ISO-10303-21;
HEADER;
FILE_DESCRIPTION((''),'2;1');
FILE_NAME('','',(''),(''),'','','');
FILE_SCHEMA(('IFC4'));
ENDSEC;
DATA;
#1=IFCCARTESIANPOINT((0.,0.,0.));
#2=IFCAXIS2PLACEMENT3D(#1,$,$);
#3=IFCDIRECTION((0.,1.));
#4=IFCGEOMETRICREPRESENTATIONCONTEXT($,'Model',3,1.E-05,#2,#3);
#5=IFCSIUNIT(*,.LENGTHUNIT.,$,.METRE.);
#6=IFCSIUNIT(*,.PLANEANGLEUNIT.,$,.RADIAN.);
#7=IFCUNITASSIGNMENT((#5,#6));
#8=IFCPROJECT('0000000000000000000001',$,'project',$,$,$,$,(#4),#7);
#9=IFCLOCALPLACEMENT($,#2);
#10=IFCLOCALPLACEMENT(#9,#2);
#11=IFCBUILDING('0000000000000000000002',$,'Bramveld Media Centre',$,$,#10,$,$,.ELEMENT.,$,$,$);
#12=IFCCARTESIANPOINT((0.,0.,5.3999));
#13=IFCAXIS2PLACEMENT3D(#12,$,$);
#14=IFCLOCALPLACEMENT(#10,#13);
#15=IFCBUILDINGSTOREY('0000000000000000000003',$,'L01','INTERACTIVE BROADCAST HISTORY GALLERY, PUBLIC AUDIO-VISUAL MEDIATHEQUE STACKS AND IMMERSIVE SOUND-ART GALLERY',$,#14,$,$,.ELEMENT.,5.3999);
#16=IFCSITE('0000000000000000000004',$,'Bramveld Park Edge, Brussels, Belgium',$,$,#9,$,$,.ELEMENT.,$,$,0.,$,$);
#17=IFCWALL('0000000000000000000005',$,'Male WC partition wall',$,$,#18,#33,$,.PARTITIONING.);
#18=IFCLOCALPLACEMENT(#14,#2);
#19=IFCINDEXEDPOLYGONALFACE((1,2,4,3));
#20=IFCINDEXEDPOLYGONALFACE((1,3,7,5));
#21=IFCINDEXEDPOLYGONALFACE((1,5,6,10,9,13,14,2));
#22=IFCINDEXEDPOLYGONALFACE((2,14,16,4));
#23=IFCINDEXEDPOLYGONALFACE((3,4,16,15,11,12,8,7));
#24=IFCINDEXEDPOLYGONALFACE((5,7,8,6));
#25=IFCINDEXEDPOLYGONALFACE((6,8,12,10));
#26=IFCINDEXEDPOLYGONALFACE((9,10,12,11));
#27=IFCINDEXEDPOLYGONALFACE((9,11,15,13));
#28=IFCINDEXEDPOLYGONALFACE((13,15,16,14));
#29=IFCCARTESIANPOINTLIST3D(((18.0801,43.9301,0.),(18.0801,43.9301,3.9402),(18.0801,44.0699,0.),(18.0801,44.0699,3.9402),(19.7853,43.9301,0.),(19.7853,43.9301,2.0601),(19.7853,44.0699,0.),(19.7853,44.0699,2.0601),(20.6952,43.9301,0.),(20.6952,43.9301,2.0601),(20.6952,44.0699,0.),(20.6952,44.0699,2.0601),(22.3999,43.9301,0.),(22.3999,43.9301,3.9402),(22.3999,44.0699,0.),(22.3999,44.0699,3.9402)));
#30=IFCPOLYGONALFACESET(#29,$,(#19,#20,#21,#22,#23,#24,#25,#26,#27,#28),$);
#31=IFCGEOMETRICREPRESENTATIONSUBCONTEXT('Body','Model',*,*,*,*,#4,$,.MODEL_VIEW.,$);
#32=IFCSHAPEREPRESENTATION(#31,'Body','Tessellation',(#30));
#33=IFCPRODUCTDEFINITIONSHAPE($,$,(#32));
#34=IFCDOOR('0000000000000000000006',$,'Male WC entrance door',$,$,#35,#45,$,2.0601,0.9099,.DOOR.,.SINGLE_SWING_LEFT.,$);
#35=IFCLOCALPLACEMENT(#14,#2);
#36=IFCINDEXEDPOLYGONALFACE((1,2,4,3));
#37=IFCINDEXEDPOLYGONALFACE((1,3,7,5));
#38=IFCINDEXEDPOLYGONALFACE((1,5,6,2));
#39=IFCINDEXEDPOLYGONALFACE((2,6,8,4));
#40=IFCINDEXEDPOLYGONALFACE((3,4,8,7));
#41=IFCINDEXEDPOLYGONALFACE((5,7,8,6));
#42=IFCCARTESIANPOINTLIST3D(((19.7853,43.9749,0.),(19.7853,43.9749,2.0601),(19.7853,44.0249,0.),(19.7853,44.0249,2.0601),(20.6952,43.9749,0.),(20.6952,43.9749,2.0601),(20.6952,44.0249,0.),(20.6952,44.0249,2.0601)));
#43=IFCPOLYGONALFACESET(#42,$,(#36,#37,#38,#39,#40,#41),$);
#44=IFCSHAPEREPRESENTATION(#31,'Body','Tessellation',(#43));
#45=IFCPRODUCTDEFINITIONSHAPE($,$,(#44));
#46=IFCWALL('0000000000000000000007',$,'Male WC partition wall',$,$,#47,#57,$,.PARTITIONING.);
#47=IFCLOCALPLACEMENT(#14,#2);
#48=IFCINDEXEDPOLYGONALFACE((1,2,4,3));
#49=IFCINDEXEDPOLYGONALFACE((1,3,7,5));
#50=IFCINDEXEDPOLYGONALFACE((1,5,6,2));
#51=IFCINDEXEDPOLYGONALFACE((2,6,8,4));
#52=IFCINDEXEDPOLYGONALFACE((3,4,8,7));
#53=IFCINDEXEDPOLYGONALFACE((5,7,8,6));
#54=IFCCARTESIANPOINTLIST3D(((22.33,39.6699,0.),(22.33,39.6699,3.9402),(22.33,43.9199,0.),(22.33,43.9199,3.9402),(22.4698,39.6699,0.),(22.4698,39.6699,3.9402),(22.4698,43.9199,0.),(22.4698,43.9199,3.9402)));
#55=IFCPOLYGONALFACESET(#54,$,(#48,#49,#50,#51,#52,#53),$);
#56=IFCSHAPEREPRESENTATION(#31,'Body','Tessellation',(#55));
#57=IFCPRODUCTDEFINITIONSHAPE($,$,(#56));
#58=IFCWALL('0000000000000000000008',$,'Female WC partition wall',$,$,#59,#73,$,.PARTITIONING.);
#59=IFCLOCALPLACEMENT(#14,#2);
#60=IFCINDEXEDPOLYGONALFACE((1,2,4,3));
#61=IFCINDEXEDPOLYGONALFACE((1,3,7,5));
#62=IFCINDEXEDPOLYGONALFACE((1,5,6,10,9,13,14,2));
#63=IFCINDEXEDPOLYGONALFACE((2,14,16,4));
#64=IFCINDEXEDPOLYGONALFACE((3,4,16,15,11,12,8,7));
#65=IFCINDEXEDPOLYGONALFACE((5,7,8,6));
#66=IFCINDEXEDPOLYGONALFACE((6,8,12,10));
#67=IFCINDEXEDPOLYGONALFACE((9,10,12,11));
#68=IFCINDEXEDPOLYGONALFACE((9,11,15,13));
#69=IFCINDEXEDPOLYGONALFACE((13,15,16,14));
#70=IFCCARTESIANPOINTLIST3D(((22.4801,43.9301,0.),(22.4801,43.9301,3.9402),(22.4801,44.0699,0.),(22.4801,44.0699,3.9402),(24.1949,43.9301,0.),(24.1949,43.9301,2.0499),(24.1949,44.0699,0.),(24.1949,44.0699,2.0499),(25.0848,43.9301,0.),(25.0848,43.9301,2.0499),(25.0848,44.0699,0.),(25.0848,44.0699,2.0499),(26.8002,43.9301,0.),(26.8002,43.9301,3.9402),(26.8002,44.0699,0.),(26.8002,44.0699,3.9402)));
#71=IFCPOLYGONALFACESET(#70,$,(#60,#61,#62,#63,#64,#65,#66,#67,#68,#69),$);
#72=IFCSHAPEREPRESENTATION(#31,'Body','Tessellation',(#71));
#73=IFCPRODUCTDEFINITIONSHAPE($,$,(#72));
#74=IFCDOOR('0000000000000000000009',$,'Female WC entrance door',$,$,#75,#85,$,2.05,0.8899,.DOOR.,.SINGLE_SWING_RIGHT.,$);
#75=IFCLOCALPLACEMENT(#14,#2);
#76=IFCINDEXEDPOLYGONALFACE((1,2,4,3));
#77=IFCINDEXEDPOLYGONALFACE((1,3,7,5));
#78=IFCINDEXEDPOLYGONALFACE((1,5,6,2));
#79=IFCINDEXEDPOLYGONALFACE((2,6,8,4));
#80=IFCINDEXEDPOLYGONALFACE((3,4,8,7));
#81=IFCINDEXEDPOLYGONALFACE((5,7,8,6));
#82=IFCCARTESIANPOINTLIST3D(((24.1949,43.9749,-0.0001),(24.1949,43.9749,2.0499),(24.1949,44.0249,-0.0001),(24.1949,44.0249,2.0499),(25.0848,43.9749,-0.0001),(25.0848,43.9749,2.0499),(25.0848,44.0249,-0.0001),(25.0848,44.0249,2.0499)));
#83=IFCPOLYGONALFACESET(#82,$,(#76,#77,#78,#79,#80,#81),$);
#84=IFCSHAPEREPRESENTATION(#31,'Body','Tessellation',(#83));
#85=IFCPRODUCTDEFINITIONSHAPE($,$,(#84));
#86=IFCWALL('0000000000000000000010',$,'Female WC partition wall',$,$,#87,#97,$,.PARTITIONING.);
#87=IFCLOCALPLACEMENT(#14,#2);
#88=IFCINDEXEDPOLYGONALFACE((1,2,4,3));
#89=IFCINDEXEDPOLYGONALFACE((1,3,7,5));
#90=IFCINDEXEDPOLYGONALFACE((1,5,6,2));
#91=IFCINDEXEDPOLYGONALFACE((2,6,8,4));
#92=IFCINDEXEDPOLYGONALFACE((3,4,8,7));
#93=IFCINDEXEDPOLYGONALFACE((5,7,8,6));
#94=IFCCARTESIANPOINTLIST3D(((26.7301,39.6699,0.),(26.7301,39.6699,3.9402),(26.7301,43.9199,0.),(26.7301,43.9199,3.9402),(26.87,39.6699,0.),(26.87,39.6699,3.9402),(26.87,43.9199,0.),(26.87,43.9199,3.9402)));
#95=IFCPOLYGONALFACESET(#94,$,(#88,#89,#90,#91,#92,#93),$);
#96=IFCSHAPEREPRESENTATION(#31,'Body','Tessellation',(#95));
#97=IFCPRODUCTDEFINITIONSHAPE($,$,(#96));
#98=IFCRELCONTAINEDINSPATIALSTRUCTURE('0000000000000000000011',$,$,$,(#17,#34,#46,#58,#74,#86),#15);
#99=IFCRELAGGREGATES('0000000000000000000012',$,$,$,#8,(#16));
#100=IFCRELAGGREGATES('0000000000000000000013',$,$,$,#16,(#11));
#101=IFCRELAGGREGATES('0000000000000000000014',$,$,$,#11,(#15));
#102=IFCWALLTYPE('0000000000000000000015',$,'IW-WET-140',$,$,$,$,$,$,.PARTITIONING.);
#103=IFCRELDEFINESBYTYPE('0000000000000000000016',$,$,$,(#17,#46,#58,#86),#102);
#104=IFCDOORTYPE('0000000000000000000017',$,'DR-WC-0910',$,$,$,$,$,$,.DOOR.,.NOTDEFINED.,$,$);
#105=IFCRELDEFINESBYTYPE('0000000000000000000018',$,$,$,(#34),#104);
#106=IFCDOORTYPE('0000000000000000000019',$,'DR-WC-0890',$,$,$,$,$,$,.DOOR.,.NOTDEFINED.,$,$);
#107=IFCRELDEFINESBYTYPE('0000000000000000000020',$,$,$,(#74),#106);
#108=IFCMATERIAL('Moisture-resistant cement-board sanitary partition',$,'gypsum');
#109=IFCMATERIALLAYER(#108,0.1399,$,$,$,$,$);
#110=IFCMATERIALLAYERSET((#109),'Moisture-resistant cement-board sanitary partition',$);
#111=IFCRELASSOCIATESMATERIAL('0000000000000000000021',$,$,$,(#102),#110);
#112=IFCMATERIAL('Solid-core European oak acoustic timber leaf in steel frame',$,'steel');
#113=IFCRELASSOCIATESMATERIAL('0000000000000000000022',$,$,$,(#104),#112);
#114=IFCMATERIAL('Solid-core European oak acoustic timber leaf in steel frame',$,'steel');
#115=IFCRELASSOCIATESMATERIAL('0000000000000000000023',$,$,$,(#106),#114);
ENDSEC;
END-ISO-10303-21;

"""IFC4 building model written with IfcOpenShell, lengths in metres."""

from ifc_helpers import new_model, si_unit, direction, frame, frame_2d, origin, place, context, subcontext, project, spatial, rectangle, extrude, material, layer, layer_set, type_object, element, fill, save


model = new_model("IFC4")

# Units and contexts
model_context = context("Model", 3, precision=1e-05, world=origin(), true_north=direction((0.0, 1.0)))
body_context = subcontext(model_context, "Body", "Model", "MODEL_VIEW")
ifc_project = project(units=[si_unit("LENGTHUNIT", "METRE"), si_unit("PLANEANGLEUNIT", "RADIAN")], contexts=[model_context])

# Site, building, storey
site_placement = place(None, origin())
site = spatial("IfcSite", under=ifc_project, at=site_placement, Name="Bramveld Park Edge, Brussels, Belgium", CompositionType="ELEMENT", RefElevation=0.0)
building_placement = place(site_placement, origin())
building = spatial("IfcBuilding", under=site, at=building_placement, Name="Bramveld Media Centre", CompositionType="ELEMENT")
storey_placement = place(building_placement, frame((0.0, 0.0, 5.3999)))
storey = spatial("IfcBuildingStorey", under=building, at=storey_placement, Name="L01", Description="INTERACTIVE BROADCAST HISTORY GALLERY, PUBLIC AUDIO-VISUAL MEDIATHEQUE STACKS AND IMMERSIVE SOUND-ART GALLERY", CompositionType="ELEMENT", Elevation=5.3999)

# Wall, opening, door
ifc_material_1 = material(Name="Moisture-resistant cement-board sanitary partition", Category="gypsum")
ifc_layer_1 = layer(ifc_material_1, 0.1399)
ifc_layer_set_1 = layer_set([ifc_layer_1], Name="Moisture-resistant cement-board sanitary partition")
wall_type_1 = type_object("IfcWallType", Name="IW-WET-140", PredefinedType="PARTITIONING", material=ifc_layer_set_1)
wall_1_placement = place(storey_placement, frame((18.0801, 44.0, 0.0), z_axis=(0.0, 0.0, 1.0), x_axis=(1.0, 0.0, 0.0)))
wall_1 = element("IfcWall", 1, at=wall_1_placement, inside=storey, type_object=wall_type_1, Name="Male WC partition wall", PredefinedType="PARTITIONING", context=body_context, shape_type="SweptSolid", body=[
    extrude(rectangle(XDim=4.3198, YDim=0.1399, at=frame_2d((2.1599, 0.0))), origin(), (0.0, 0.0, 1.0), 3.9402),
])
opening_1_placement = place(wall_1_placement, frame((1.7051, 0.0, 0.0)))
opening_1 = element("IfcOpeningElement", 2, at=opening_1_placement, cuts=wall_1, PredefinedType="OPENING", context=body_context, shape_type="SweptSolid", body=[
    extrude(rectangle(XDim=0.9099, YDim=2.0601, at=frame_2d((0.4551, 1.03))), frame((0.0, 0.082, 0.0), z_axis=(0.0, -1.0, 0.0), x_axis=(1.0, 0.0, 0.0)), (0.0, 0.0, 1.0), 0.1638),
])
ifc_material_2 = material(Name="Solid-core European oak acoustic timber leaf in steel frame", Category="steel")
door_type_1 = type_object("IfcDoorType", Name="DR-WC-0910", OperationType="NOTDEFINED", PredefinedType="DOOR", material=ifc_material_2)
door_1_placement = place(opening_1_placement, origin())
door_1 = element("IfcDoor", 3, at=door_1_placement, inside=storey, type_object=door_type_1, Name="Male WC entrance door", OperationType="SINGLE_SWING_LEFT", OverallHeight=2.0601, OverallWidth=0.9099, PredefinedType="DOOR", context=body_context, shape_type="SweptSolid", body=[
    extrude(rectangle(XDim=0.9099, YDim=2.0601, at=frame_2d((0.4551, 1.03))), frame((0.0, 0.0249, 0.0), z_axis=(0.0, -1.0, 0.0), x_axis=(1.0, 0.0, 0.0)), (0.0, 0.0, 1.0), 0.05),
])
fill(opening_1, door_1)

# Wall
wall_2_placement = place(storey_placement, frame((22.3999, 39.6699, 0.0), z_axis=(0.0, 0.0, 1.0), x_axis=(0.0, 1.0, 0.0)))
element("IfcWall", 4, at=wall_2_placement, inside=storey, type_object=wall_type_1, Name="Male WC partition wall", PredefinedType="PARTITIONING", context=body_context, shape_type="SweptSolid", body=[
    extrude(rectangle(XDim=4.25, YDim=0.1399, at=frame_2d((2.125, 0.0))), origin(), (0.0, 0.0, 1.0), 3.9402),
])

# Wall, opening, door
wall_3_placement = place(storey_placement, frame((22.48, 44.0, 0.0), z_axis=(0.0, 0.0, 1.0), x_axis=(1.0, 0.0, 0.0)))
wall_3 = element("IfcWall", 5, at=wall_3_placement, inside=storey, type_object=wall_type_1, Name="Female WC partition wall", PredefinedType="PARTITIONING", context=body_context, shape_type="SweptSolid", body=[
    extrude(rectangle(XDim=4.3201, YDim=0.1399, at=frame_2d((2.1602, 0.0))), origin(), (0.0, 0.0, 1.0), 3.9402),
])
opening_2_placement = place(wall_3_placement, frame((1.7151, 0.0, 0.0)))
opening_2 = element("IfcOpeningElement", 6, at=opening_2_placement, cuts=wall_3, PredefinedType="OPENING", context=body_context, shape_type="SweptSolid", body=[
    extrude(rectangle(XDim=0.8899, YDim=2.05, at=frame_2d((0.4448, 1.0249))), frame((0.0, 0.082, 0.0), z_axis=(0.0, -1.0, 0.0), x_axis=(1.0, 0.0, 0.0)), (0.0, 0.0, 1.0), 0.1638),
])
ifc_material_3 = material(Name="Solid-core European oak acoustic timber leaf in steel frame", Category="steel")
door_type_2 = type_object("IfcDoorType", Name="DR-WC-0890", OperationType="NOTDEFINED", PredefinedType="DOOR", material=ifc_material_3)
door_2_placement = place(opening_2_placement, origin())
door_2 = element("IfcDoor", 7, at=door_2_placement, inside=storey, type_object=door_type_2, Name="Female WC entrance door", OperationType="SINGLE_SWING_RIGHT", OverallHeight=2.05, OverallWidth=0.8899, PredefinedType="DOOR", context=body_context, shape_type="SweptSolid", body=[
    extrude(rectangle(XDim=0.8899, YDim=2.05, at=frame_2d((0.4448, 1.0249))), frame((0.0, 0.0249, 0.0), z_axis=(0.0, -1.0, 0.0), x_axis=(1.0, 0.0, 0.0)), (0.0, 0.0, 1.0), 0.05),
])
fill(opening_2, door_2)

# Wall
wall_4_placement = place(storey_placement, frame((26.8, 39.6699, 0.0), z_axis=(0.0, 0.0, 1.0), x_axis=(0.0, 1.0, 0.0)))
element("IfcWall", 8, at=wall_4_placement, inside=storey, type_object=wall_type_1, Name="Female WC partition wall", PredefinedType="PARTITIONING", context=body_context, shape_type="SweptSolid", body=[
    extrude(rectangle(XDim=4.25, YDim=0.1399, at=frame_2d((2.125, 0.0))), origin(), (0.0, 0.0, 1.0), 3.9402),
])

save(model, "model.ifc")
